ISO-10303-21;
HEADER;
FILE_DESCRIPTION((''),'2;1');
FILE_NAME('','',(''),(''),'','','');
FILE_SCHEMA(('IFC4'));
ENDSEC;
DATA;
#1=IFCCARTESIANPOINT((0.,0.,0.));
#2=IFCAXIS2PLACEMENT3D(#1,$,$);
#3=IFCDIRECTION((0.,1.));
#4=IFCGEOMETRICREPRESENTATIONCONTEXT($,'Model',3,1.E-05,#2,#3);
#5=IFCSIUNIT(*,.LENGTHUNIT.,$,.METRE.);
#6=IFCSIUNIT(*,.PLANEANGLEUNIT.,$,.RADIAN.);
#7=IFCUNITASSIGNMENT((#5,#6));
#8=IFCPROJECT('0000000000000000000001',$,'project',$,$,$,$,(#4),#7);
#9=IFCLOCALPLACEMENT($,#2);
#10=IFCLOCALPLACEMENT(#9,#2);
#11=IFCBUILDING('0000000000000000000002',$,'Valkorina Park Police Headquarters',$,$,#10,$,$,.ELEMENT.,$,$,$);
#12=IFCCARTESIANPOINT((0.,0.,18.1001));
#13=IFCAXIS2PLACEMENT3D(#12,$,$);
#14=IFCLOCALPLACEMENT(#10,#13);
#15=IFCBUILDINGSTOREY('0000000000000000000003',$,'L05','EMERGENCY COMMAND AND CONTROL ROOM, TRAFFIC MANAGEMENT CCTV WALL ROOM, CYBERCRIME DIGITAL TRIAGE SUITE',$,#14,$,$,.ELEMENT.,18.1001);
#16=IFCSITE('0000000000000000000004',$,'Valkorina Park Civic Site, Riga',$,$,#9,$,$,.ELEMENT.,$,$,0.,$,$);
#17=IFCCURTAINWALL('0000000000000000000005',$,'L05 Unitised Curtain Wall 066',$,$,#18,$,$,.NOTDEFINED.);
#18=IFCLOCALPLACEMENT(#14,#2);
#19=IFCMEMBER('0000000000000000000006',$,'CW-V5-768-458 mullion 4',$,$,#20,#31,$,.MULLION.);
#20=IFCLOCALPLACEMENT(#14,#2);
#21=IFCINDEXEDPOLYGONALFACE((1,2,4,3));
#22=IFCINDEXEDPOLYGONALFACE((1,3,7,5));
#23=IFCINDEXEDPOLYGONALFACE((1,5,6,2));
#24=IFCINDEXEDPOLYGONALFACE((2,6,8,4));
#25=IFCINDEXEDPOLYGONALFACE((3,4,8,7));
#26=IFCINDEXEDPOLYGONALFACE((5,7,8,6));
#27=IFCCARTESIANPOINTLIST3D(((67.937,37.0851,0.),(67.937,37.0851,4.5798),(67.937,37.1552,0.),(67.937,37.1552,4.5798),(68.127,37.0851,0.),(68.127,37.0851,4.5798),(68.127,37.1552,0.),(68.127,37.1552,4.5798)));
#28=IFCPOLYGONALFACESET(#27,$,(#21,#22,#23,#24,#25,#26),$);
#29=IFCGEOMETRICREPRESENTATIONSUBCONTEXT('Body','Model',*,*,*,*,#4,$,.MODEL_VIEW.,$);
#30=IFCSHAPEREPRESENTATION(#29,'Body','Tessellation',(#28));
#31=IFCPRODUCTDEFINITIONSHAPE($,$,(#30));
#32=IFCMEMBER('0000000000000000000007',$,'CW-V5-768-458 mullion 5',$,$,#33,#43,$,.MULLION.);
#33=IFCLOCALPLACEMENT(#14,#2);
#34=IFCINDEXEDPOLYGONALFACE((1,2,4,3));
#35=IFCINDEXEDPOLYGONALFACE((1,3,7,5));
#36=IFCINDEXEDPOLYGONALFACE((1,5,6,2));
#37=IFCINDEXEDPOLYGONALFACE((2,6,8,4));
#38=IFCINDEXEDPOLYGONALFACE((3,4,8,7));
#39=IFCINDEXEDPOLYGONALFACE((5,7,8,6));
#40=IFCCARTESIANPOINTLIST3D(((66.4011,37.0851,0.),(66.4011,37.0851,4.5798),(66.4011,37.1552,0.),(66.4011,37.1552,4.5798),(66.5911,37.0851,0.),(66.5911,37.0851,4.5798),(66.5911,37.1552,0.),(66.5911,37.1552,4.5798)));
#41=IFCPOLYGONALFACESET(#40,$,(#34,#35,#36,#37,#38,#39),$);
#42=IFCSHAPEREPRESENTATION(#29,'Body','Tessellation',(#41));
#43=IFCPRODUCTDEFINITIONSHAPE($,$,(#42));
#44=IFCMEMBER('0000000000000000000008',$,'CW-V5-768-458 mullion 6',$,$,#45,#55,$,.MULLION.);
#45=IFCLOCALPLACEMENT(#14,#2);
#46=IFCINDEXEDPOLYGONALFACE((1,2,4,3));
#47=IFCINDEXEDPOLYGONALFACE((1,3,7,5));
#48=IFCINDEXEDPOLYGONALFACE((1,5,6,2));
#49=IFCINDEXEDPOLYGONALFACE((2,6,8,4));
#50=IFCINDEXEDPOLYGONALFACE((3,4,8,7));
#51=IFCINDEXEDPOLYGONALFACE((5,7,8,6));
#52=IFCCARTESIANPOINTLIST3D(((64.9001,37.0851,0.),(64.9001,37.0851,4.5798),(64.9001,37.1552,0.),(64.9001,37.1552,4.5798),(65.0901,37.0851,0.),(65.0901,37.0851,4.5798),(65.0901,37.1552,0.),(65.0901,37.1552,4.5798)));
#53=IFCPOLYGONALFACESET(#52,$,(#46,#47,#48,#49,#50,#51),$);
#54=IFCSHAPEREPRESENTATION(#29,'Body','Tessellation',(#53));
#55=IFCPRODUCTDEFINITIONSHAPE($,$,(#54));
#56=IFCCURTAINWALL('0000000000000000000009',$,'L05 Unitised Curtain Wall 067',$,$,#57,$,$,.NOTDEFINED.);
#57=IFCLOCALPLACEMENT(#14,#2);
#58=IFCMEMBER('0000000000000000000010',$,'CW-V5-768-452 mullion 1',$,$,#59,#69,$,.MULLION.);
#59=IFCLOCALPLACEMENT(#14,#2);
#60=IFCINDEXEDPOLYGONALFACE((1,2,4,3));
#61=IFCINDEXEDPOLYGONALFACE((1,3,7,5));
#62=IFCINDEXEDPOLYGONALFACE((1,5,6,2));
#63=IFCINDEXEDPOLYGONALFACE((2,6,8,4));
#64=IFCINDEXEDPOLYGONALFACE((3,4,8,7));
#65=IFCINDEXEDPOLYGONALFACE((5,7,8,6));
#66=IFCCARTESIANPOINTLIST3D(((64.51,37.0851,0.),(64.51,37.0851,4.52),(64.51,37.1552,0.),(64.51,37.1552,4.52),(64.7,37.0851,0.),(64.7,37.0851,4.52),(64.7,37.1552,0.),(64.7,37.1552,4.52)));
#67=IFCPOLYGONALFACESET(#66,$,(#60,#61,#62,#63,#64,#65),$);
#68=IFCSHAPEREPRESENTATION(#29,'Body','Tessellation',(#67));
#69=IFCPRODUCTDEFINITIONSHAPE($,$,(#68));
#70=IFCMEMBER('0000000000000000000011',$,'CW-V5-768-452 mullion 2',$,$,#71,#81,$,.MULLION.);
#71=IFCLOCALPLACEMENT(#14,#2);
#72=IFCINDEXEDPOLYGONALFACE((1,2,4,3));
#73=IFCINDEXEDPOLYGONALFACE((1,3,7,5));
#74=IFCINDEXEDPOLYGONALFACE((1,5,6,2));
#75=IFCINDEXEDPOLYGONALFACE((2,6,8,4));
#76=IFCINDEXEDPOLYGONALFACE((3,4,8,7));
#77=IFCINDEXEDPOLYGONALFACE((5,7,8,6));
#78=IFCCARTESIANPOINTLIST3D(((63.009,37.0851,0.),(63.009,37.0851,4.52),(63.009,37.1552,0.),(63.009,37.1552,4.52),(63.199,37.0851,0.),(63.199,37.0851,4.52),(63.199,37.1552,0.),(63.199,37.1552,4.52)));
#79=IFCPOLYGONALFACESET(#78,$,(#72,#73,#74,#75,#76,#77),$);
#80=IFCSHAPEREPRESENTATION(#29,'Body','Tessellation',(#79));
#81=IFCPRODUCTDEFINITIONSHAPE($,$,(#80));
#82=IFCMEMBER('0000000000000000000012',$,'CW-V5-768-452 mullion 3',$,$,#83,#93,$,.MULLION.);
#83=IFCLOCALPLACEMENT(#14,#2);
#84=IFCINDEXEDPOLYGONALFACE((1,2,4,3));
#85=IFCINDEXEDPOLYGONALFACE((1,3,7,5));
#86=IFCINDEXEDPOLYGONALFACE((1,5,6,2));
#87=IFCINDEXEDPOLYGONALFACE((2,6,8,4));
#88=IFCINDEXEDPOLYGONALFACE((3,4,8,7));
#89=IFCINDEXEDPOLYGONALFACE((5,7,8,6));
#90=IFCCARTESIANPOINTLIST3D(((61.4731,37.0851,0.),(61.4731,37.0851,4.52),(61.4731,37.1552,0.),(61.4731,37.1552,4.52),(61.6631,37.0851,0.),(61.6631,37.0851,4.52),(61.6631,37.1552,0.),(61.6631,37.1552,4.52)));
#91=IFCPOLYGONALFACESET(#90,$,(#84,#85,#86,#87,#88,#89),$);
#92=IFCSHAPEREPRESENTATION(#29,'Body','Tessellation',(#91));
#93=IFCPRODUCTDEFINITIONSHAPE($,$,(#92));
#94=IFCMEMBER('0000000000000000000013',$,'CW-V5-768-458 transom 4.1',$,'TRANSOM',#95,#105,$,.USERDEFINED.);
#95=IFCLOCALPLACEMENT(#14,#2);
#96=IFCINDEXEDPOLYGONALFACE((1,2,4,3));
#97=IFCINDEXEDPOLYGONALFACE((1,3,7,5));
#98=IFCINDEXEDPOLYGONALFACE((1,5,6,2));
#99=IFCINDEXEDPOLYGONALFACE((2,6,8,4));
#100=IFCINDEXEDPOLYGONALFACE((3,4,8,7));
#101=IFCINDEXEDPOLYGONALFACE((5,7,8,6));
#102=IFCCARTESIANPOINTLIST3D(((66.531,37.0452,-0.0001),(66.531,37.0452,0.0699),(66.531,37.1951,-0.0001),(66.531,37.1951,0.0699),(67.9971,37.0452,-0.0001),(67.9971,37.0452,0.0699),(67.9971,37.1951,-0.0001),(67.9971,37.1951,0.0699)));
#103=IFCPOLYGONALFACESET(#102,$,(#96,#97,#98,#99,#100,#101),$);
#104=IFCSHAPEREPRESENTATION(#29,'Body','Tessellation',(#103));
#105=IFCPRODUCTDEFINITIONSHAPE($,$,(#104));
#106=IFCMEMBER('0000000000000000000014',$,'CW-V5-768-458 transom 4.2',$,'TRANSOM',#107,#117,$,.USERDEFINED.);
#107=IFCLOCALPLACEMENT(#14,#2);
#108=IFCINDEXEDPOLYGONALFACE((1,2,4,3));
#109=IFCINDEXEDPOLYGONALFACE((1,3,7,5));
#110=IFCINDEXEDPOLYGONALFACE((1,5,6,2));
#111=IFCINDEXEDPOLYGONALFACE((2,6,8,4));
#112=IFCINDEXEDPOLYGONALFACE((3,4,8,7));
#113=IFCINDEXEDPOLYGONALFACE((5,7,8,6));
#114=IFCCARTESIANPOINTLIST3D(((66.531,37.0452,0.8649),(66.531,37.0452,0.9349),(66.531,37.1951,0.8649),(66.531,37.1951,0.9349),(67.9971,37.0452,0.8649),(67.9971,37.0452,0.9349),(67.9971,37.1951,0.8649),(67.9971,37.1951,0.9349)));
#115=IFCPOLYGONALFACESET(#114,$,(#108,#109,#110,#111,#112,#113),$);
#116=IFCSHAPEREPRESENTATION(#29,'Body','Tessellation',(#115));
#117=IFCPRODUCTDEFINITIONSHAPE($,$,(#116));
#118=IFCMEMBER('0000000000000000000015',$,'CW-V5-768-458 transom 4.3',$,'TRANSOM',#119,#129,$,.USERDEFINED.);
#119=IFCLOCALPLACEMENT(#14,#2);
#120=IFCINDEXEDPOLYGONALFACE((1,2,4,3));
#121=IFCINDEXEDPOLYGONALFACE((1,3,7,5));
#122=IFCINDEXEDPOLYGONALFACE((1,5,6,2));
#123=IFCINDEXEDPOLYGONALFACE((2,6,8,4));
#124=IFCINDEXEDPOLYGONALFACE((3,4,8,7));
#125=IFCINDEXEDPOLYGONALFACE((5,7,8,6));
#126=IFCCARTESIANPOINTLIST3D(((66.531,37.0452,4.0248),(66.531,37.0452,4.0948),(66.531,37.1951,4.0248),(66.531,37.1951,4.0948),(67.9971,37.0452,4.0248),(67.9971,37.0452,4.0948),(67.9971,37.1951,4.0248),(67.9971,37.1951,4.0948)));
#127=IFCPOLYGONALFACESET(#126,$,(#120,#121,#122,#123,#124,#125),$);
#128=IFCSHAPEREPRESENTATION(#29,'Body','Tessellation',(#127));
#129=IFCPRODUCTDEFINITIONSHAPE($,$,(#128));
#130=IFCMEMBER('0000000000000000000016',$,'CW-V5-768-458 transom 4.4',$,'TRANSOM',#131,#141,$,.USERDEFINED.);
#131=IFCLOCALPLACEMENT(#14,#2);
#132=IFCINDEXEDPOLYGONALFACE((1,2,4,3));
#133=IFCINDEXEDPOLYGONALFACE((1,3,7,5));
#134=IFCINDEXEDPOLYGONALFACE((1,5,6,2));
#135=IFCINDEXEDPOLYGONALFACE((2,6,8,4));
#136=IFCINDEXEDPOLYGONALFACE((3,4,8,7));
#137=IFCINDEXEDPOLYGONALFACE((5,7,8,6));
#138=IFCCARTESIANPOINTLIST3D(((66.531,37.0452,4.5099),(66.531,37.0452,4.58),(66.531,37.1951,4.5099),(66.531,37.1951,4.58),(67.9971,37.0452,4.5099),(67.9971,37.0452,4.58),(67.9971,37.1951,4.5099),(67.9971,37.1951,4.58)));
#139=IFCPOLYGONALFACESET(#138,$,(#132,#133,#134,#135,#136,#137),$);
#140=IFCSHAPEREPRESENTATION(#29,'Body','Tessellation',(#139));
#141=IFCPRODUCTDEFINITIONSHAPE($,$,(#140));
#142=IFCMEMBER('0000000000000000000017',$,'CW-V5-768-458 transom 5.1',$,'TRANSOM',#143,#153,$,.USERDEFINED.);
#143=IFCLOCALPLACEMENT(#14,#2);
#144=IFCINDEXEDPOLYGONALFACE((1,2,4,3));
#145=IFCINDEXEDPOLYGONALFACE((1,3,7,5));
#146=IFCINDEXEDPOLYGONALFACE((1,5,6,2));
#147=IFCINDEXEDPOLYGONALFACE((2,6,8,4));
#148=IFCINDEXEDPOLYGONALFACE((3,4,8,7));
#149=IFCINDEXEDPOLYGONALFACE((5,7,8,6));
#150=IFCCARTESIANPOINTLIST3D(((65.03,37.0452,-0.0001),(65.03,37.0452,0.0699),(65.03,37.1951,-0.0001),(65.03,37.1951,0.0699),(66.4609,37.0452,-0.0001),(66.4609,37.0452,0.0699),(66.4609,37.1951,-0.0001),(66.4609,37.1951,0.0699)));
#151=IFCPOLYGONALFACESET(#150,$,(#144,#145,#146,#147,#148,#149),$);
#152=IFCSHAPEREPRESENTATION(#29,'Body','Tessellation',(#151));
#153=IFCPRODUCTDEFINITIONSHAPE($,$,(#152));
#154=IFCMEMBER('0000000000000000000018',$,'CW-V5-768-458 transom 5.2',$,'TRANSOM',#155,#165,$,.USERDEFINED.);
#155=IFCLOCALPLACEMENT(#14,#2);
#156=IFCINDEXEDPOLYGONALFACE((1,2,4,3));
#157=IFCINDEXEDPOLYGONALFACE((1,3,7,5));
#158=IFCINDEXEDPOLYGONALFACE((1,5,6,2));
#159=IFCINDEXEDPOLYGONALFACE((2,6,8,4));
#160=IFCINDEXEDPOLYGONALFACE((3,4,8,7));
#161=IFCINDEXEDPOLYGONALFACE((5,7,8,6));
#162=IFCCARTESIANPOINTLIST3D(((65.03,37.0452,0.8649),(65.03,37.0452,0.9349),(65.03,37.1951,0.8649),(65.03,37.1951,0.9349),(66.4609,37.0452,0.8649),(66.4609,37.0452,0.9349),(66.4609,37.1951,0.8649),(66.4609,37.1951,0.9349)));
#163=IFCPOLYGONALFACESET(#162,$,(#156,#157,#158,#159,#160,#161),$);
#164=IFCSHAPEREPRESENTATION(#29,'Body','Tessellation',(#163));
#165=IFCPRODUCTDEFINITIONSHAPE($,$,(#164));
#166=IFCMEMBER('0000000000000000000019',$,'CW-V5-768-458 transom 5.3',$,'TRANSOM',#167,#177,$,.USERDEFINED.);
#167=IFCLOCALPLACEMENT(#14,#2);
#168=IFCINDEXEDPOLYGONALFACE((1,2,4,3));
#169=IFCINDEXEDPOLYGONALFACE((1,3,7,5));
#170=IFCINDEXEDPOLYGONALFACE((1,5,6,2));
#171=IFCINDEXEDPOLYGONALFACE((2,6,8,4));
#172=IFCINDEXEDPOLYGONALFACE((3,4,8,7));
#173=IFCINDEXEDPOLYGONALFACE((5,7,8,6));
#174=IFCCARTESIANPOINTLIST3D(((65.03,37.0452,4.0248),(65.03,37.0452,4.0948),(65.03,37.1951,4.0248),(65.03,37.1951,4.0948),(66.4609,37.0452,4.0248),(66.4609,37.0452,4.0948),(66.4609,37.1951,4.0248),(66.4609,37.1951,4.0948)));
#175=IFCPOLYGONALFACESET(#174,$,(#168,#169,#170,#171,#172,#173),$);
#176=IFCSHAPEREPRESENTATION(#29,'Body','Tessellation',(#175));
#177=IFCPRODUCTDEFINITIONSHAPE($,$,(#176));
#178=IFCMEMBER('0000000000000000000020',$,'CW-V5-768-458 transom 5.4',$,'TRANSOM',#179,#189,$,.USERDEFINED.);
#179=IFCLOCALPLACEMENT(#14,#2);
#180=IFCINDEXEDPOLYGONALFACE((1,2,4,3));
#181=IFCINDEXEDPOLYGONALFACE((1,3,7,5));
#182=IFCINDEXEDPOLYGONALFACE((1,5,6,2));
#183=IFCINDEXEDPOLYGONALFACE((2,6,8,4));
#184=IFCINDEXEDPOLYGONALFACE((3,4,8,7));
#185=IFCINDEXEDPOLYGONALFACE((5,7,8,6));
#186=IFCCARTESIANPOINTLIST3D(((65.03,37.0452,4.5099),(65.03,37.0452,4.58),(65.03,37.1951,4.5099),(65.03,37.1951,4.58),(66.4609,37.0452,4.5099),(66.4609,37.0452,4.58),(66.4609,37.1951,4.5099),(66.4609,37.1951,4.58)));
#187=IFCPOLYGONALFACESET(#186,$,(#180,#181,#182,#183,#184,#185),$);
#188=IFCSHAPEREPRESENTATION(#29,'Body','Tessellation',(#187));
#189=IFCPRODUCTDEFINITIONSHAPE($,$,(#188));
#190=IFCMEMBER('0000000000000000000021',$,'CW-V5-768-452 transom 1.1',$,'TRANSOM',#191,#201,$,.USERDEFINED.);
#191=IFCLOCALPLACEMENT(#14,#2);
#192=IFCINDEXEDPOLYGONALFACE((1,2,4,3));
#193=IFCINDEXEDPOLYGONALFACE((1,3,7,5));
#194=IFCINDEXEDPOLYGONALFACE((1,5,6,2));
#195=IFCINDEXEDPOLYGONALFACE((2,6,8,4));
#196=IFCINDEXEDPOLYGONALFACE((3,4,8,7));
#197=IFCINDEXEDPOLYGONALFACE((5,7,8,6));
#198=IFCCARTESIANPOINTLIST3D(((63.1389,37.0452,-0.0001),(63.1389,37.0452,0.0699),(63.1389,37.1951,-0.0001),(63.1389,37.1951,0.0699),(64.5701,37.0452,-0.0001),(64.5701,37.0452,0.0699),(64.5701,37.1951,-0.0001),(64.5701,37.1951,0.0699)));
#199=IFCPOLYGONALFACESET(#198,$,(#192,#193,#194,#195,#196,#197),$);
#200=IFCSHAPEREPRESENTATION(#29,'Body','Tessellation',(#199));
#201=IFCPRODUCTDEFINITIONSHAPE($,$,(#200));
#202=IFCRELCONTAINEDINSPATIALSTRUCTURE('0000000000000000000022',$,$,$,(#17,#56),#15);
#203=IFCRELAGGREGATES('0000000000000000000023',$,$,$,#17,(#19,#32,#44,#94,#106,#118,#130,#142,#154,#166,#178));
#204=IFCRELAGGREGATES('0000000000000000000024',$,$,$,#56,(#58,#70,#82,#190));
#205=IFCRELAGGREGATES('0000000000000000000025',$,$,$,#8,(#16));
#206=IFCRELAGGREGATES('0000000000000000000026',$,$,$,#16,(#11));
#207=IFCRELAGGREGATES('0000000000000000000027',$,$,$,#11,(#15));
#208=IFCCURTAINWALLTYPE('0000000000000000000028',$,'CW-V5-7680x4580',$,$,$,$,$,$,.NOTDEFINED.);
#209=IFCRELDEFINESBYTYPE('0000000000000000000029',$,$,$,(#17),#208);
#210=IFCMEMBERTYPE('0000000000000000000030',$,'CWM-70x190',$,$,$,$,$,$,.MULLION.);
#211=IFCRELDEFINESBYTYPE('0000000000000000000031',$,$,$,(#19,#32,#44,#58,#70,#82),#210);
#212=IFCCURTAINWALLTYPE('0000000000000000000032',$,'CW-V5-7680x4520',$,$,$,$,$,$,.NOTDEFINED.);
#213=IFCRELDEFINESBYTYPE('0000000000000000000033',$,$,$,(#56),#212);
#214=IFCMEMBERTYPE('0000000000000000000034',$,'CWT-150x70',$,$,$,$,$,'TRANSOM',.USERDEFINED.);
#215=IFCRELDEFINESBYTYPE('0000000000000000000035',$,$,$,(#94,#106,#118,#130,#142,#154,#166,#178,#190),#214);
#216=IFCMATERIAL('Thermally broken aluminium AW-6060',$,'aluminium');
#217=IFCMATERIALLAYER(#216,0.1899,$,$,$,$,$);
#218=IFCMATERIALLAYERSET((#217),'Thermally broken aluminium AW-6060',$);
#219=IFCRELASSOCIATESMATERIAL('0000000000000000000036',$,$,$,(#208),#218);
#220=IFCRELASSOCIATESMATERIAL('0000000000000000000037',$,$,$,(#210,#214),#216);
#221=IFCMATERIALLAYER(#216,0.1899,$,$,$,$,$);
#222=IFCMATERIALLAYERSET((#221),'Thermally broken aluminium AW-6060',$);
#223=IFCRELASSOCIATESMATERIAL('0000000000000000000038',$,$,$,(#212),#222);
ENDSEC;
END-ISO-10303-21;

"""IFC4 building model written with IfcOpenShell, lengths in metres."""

from ifc_helpers import new_model, si_unit, direction, frame, origin, origin_2d, place, context, subcontext, project, spatial, rectangle, extrude, material, layer, layer_set, material_profile, profile_set, type_object, element, aggregate, save


model = new_model("IFC4")

# Units and contexts
model_context = context("Model", 3, precision=1e-05, world=origin(), true_north=direction((0.0, 1.0)))
body_context = subcontext(model_context, "Body", "Model", "MODEL_VIEW")
ifc_project = project(units=[si_unit("LENGTHUNIT", "METRE"), si_unit("PLANEANGLEUNIT", "RADIAN")], contexts=[model_context])

# Site, building, storey
site_placement = place(None, origin())
site = spatial("IfcSite", under=ifc_project, at=site_placement, Name="Valkorina Park Civic Site, Riga", CompositionType="ELEMENT", RefElevation=0.0)
building_placement = place(site_placement, origin())
building = spatial("IfcBuilding", under=site, at=building_placement, Name="Valkorina Park Police Headquarters", CompositionType="ELEMENT")
storey_placement = place(building_placement, frame((0.0, 0.0, 18.1001)))
storey = spatial("IfcBuildingStorey", under=building, at=storey_placement, Name="L05", Description="EMERGENCY COMMAND AND CONTROL ROOM, TRAFFIC MANAGEMENT CCTV WALL ROOM, CYBERCRIME DIGITAL TRIAGE SUITE", CompositionType="ELEMENT", Elevation=18.1001)

# Curtain walls, members
ifc_material_1 = material(Name="Thermally broken aluminium AW-6060", Category="aluminium")
ifc_layer_1 = layer(ifc_material_1, 0.1899)
ifc_layer_set_1 = layer_set([ifc_layer_1], Name="Thermally broken aluminium AW-6060")
curtain_wall_type_1 = type_object("IfcCurtainWallType", Name="CW-V5-7680x4580", PredefinedType="NOTDEFINED", material=ifc_layer_set_1)
curtain_wall_1_placement = place(storey_placement, origin())
curtain_wall_1 = element("IfcCurtainWall", 1, at=curtain_wall_1_placement, inside=storey, type_object=curtain_wall_type_1, Name="L05 Unitised Curtain Wall 066", PredefinedType="NOTDEFINED")
ifc_material_profile_1 = material_profile(ifc_material_1, rectangle(XDim=0.0701, YDim=0.1899, at=origin_2d()), Name="CWM-02 70x190")
ifc_profile_set_1 = profile_set([ifc_material_profile_1], Name="Thermally broken aluminium AW-6060")
member_type_1 = type_object("IfcMemberType", Name="CWM-70x190", PredefinedType="MULLION", material=ifc_profile_set_1)
member_1_placement = place(storey_placement, frame((68.032, 37.1201, 0.0), z_axis=(0.0, 0.0, 1.0), x_axis=(0.0, -1.0, 0.0)))
member_1 = element("IfcMember", 2, at=member_1_placement, type_object=member_type_1, Name="CW-V5-768-458 mullion 4", PredefinedType="MULLION", context=body_context, shape_type="SweptSolid", body=[
    extrude(rectangle(XDim=0.0701, YDim=0.1899, at=origin_2d()), origin(), (0.0, 0.0, 1.0), 4.5798),
])
member_2_placement = place(storey_placement, frame((66.4961, 37.1201, 0.0), z_axis=(0.0, 0.0, 1.0), x_axis=(0.0, -1.0, 0.0)))
member_2 = element("IfcMember", 3, at=member_2_placement, type_object=member_type_1, Name="CW-V5-768-458 mullion 5", PredefinedType="MULLION", context=body_context, shape_type="SweptSolid", body=[
    extrude(rectangle(XDim=0.0701, YDim=0.1899, at=origin_2d()), origin(), (0.0, 0.0, 1.0), 4.5798),
])
member_3_placement = place(storey_placement, frame((64.9951, 37.1201, 0.0), z_axis=(0.0, 0.0, 1.0), x_axis=(0.0, -1.0, 0.0)))
member_3 = element("IfcMember", 4, at=member_3_placement, type_object=member_type_1, Name="CW-V5-768-458 mullion 6", PredefinedType="MULLION", context=body_context, shape_type="SweptSolid", body=[
    extrude(rectangle(XDim=0.0701, YDim=0.1899, at=origin_2d()), origin(), (0.0, 0.0, 1.0), 4.5798),
])
ifc_layer_2 = layer(ifc_material_1, 0.1899)
ifc_layer_set_2 = layer_set([ifc_layer_2], Name="Thermally broken aluminium AW-6060")
curtain_wall_type_2 = type_object("IfcCurtainWallType", Name="CW-V5-7680x4520", PredefinedType="NOTDEFINED", material=ifc_layer_set_2)
curtain_wall_2_placement = place(storey_placement, origin())
curtain_wall_2 = element("IfcCurtainWall", 5, at=curtain_wall_2_placement, inside=storey, type_object=curtain_wall_type_2, Name="L05 Unitised Curtain Wall 067", PredefinedType="NOTDEFINED")
member_4_placement = place(storey_placement, frame((64.605, 37.1201, 0.0), z_axis=(0.0, 0.0, 1.0), x_axis=(0.0, -1.0, 0.0)))
member_4 = element("IfcMember", 6, at=member_4_placement, type_object=member_type_1, Name="CW-V5-768-452 mullion 1", PredefinedType="MULLION", context=body_context, shape_type="SweptSolid", body=[
    extrude(rectangle(XDim=0.0701, YDim=0.1899, at=origin_2d()), origin(), (0.0, 0.0, 1.0), 4.52),
])
member_5_placement = place(storey_placement, frame((63.104, 37.1201, 0.0), z_axis=(0.0, 0.0, 1.0), x_axis=(0.0, -1.0, 0.0)))
member_5 = element("IfcMember", 7, at=member_5_placement, type_object=member_type_1, Name="CW-V5-768-452 mullion 2", PredefinedType="MULLION", context=body_context, shape_type="SweptSolid", body=[
    extrude(rectangle(XDim=0.0701, YDim=0.1899, at=origin_2d()), origin(), (0.0, 0.0, 1.0), 4.52),
])
member_6_placement = place(storey_placement, frame((61.5681, 37.1201, 0.0), z_axis=(0.0, 0.0, 1.0), x_axis=(0.0, -1.0, 0.0)))
member_6 = element("IfcMember", 8, at=member_6_placement, type_object=member_type_1, Name="CW-V5-768-452 mullion 3", PredefinedType="MULLION", context=body_context, shape_type="SweptSolid", body=[
    extrude(rectangle(XDim=0.0701, YDim=0.1899, at=origin_2d()), origin(), (0.0, 0.0, 1.0), 4.52),
])

# Members
ifc_material_profile_2 = material_profile(ifc_material_1, rectangle(XDim=0.1499, YDim=0.0701, at=origin_2d()), Name="CWT-02 150x70")
ifc_profile_set_2 = profile_set([ifc_material_profile_2], Name="Thermally broken aluminium AW-6060")
member_type_2 = type_object("IfcMemberType", Name="CWT-150x70", ElementType="TRANSOM", PredefinedType="USERDEFINED", material=ifc_profile_set_2)
member_7_placement = place(storey_placement, frame((67.9971, 37.1201, 0.0349), z_axis=(-1.0, 0.0, 0.0), x_axis=(0.0, -1.0, 0.0)))
member_7 = element("IfcMember", 9, at=member_7_placement, type_object=member_type_2, Name="CW-V5-768-458 transom 4.1", ObjectType="TRANSOM", PredefinedType="USERDEFINED", context=body_context, shape_type="SweptSolid", body=[
    extrude(rectangle(XDim=0.1499, YDim=0.0701, at=origin_2d()), origin(), (0.0, 0.0, 1.0), 1.4661),
])
member_8_placement = place(storey_placement, frame((67.9971, 37.1201, 0.8999), z_axis=(-1.0, 0.0, 0.0), x_axis=(0.0, -1.0, 0.0)))
member_8 = element("IfcMember", 10, at=member_8_placement, type_object=member_type_2, Name="CW-V5-768-458 transom 4.2", ObjectType="TRANSOM", PredefinedType="USERDEFINED", context=body_context, shape_type="SweptSolid", body=[
    extrude(rectangle(XDim=0.1499, YDim=0.0701, at=origin_2d()), origin(), (0.0, 0.0, 1.0), 1.4661),
])
member_9_placement = place(storey_placement, frame((67.9971, 37.1201, 4.0598), z_axis=(-1.0, 0.0, 0.0), x_axis=(0.0, -1.0, 0.0)))
member_9 = element("IfcMember", 11, at=member_9_placement, type_object=member_type_2, Name="CW-V5-768-458 transom 4.3", ObjectType="TRANSOM", PredefinedType="USERDEFINED", context=body_context, shape_type="SweptSolid", body=[
    extrude(rectangle(XDim=0.1499, YDim=0.0701, at=origin_2d()), origin(), (0.0, 0.0, 1.0), 1.4661),
])
member_10_placement = place(storey_placement, frame((67.9971, 37.1201, 4.5449), z_axis=(-1.0, 0.0, 0.0), x_axis=(0.0, -1.0, 0.0)))
member_10 = element("IfcMember", 12, at=member_10_placement, type_object=member_type_2, Name="CW-V5-768-458 transom 4.4", ObjectType="TRANSOM", PredefinedType="USERDEFINED", context=body_context, shape_type="SweptSolid", body=[
    extrude(rectangle(XDim=0.1499, YDim=0.0701, at=origin_2d()), origin(), (0.0, 0.0, 1.0), 1.4661),
])
member_11_placement = place(storey_placement, frame((66.4609, 37.1201, 0.0349), z_axis=(-1.0, 0.0, 0.0), x_axis=(0.0, -1.0, 0.0)))
member_11 = element("IfcMember", 13, at=member_11_placement, type_object=member_type_2, Name="CW-V5-768-458 transom 5.1", ObjectType="TRANSOM", PredefinedType="USERDEFINED", context=body_context, shape_type="SweptSolid", body=[
    extrude(rectangle(XDim=0.1499, YDim=0.0701, at=origin_2d()), origin(), (0.0, 0.0, 1.0), 1.4309),
])
member_12_placement = place(storey_placement, frame((66.4609, 37.1201, 0.8999), z_axis=(-1.0, 0.0, 0.0), x_axis=(0.0, -1.0, 0.0)))
member_12 = element("IfcMember", 14, at=member_12_placement, type_object=member_type_2, Name="CW-V5-768-458 transom 5.2", ObjectType="TRANSOM", PredefinedType="USERDEFINED", context=body_context, shape_type="SweptSolid", body=[
    extrude(rectangle(XDim=0.1499, YDim=0.0701, at=origin_2d()), origin(), (0.0, 0.0, 1.0), 1.4309),
])
member_13_placement = place(storey_placement, frame((66.4609, 37.1201, 4.0598), z_axis=(-1.0, 0.0, 0.0), x_axis=(0.0, -1.0, 0.0)))
member_13 = element("IfcMember", 15, at=member_13_placement, type_object=member_type_2, Name="CW-V5-768-458 transom 5.3", ObjectType="TRANSOM", PredefinedType="USERDEFINED", context=body_context, shape_type="SweptSolid", body=[
    extrude(rectangle(XDim=0.1499, YDim=0.0701, at=origin_2d()), origin(), (0.0, 0.0, 1.0), 1.4309),
])
member_14_placement = place(storey_placement, frame((66.4609, 37.1201, 4.5449), z_axis=(-1.0, 0.0, 0.0), x_axis=(0.0, -1.0, 0.0)))
member_14 = element("IfcMember", 16, at=member_14_placement, type_object=member_type_2, Name="CW-V5-768-458 transom 5.4", ObjectType="TRANSOM", PredefinedType="USERDEFINED", context=body_context, shape_type="SweptSolid", body=[
    extrude(rectangle(XDim=0.1499, YDim=0.0701, at=origin_2d()), origin(), (0.0, 0.0, 1.0), 1.4309),
])
member_15_placement = place(storey_placement, frame((64.5701, 37.1201, 0.0349), z_axis=(-1.0, 0.0, 0.0), x_axis=(0.0, -1.0, 0.0)))
member_15 = element("IfcMember", 17, at=member_15_placement, type_object=member_type_2, Name="CW-V5-768-452 transom 1.1", ObjectType="TRANSOM", PredefinedType="USERDEFINED", context=body_context, shape_type="SweptSolid", body=[
    extrude(rectangle(XDim=0.1499, YDim=0.0701, at=origin_2d()), origin(), (0.0, 0.0, 1.0), 1.4312),
])

aggregate(curtain_wall_1, [member_1, member_2, member_3, member_7, member_8, member_9, member_10, member_11, member_12, member_13, member_14])
aggregate(curtain_wall_2, [member_4, member_5, member_6, member_15])

save(model, "model.ifc")
